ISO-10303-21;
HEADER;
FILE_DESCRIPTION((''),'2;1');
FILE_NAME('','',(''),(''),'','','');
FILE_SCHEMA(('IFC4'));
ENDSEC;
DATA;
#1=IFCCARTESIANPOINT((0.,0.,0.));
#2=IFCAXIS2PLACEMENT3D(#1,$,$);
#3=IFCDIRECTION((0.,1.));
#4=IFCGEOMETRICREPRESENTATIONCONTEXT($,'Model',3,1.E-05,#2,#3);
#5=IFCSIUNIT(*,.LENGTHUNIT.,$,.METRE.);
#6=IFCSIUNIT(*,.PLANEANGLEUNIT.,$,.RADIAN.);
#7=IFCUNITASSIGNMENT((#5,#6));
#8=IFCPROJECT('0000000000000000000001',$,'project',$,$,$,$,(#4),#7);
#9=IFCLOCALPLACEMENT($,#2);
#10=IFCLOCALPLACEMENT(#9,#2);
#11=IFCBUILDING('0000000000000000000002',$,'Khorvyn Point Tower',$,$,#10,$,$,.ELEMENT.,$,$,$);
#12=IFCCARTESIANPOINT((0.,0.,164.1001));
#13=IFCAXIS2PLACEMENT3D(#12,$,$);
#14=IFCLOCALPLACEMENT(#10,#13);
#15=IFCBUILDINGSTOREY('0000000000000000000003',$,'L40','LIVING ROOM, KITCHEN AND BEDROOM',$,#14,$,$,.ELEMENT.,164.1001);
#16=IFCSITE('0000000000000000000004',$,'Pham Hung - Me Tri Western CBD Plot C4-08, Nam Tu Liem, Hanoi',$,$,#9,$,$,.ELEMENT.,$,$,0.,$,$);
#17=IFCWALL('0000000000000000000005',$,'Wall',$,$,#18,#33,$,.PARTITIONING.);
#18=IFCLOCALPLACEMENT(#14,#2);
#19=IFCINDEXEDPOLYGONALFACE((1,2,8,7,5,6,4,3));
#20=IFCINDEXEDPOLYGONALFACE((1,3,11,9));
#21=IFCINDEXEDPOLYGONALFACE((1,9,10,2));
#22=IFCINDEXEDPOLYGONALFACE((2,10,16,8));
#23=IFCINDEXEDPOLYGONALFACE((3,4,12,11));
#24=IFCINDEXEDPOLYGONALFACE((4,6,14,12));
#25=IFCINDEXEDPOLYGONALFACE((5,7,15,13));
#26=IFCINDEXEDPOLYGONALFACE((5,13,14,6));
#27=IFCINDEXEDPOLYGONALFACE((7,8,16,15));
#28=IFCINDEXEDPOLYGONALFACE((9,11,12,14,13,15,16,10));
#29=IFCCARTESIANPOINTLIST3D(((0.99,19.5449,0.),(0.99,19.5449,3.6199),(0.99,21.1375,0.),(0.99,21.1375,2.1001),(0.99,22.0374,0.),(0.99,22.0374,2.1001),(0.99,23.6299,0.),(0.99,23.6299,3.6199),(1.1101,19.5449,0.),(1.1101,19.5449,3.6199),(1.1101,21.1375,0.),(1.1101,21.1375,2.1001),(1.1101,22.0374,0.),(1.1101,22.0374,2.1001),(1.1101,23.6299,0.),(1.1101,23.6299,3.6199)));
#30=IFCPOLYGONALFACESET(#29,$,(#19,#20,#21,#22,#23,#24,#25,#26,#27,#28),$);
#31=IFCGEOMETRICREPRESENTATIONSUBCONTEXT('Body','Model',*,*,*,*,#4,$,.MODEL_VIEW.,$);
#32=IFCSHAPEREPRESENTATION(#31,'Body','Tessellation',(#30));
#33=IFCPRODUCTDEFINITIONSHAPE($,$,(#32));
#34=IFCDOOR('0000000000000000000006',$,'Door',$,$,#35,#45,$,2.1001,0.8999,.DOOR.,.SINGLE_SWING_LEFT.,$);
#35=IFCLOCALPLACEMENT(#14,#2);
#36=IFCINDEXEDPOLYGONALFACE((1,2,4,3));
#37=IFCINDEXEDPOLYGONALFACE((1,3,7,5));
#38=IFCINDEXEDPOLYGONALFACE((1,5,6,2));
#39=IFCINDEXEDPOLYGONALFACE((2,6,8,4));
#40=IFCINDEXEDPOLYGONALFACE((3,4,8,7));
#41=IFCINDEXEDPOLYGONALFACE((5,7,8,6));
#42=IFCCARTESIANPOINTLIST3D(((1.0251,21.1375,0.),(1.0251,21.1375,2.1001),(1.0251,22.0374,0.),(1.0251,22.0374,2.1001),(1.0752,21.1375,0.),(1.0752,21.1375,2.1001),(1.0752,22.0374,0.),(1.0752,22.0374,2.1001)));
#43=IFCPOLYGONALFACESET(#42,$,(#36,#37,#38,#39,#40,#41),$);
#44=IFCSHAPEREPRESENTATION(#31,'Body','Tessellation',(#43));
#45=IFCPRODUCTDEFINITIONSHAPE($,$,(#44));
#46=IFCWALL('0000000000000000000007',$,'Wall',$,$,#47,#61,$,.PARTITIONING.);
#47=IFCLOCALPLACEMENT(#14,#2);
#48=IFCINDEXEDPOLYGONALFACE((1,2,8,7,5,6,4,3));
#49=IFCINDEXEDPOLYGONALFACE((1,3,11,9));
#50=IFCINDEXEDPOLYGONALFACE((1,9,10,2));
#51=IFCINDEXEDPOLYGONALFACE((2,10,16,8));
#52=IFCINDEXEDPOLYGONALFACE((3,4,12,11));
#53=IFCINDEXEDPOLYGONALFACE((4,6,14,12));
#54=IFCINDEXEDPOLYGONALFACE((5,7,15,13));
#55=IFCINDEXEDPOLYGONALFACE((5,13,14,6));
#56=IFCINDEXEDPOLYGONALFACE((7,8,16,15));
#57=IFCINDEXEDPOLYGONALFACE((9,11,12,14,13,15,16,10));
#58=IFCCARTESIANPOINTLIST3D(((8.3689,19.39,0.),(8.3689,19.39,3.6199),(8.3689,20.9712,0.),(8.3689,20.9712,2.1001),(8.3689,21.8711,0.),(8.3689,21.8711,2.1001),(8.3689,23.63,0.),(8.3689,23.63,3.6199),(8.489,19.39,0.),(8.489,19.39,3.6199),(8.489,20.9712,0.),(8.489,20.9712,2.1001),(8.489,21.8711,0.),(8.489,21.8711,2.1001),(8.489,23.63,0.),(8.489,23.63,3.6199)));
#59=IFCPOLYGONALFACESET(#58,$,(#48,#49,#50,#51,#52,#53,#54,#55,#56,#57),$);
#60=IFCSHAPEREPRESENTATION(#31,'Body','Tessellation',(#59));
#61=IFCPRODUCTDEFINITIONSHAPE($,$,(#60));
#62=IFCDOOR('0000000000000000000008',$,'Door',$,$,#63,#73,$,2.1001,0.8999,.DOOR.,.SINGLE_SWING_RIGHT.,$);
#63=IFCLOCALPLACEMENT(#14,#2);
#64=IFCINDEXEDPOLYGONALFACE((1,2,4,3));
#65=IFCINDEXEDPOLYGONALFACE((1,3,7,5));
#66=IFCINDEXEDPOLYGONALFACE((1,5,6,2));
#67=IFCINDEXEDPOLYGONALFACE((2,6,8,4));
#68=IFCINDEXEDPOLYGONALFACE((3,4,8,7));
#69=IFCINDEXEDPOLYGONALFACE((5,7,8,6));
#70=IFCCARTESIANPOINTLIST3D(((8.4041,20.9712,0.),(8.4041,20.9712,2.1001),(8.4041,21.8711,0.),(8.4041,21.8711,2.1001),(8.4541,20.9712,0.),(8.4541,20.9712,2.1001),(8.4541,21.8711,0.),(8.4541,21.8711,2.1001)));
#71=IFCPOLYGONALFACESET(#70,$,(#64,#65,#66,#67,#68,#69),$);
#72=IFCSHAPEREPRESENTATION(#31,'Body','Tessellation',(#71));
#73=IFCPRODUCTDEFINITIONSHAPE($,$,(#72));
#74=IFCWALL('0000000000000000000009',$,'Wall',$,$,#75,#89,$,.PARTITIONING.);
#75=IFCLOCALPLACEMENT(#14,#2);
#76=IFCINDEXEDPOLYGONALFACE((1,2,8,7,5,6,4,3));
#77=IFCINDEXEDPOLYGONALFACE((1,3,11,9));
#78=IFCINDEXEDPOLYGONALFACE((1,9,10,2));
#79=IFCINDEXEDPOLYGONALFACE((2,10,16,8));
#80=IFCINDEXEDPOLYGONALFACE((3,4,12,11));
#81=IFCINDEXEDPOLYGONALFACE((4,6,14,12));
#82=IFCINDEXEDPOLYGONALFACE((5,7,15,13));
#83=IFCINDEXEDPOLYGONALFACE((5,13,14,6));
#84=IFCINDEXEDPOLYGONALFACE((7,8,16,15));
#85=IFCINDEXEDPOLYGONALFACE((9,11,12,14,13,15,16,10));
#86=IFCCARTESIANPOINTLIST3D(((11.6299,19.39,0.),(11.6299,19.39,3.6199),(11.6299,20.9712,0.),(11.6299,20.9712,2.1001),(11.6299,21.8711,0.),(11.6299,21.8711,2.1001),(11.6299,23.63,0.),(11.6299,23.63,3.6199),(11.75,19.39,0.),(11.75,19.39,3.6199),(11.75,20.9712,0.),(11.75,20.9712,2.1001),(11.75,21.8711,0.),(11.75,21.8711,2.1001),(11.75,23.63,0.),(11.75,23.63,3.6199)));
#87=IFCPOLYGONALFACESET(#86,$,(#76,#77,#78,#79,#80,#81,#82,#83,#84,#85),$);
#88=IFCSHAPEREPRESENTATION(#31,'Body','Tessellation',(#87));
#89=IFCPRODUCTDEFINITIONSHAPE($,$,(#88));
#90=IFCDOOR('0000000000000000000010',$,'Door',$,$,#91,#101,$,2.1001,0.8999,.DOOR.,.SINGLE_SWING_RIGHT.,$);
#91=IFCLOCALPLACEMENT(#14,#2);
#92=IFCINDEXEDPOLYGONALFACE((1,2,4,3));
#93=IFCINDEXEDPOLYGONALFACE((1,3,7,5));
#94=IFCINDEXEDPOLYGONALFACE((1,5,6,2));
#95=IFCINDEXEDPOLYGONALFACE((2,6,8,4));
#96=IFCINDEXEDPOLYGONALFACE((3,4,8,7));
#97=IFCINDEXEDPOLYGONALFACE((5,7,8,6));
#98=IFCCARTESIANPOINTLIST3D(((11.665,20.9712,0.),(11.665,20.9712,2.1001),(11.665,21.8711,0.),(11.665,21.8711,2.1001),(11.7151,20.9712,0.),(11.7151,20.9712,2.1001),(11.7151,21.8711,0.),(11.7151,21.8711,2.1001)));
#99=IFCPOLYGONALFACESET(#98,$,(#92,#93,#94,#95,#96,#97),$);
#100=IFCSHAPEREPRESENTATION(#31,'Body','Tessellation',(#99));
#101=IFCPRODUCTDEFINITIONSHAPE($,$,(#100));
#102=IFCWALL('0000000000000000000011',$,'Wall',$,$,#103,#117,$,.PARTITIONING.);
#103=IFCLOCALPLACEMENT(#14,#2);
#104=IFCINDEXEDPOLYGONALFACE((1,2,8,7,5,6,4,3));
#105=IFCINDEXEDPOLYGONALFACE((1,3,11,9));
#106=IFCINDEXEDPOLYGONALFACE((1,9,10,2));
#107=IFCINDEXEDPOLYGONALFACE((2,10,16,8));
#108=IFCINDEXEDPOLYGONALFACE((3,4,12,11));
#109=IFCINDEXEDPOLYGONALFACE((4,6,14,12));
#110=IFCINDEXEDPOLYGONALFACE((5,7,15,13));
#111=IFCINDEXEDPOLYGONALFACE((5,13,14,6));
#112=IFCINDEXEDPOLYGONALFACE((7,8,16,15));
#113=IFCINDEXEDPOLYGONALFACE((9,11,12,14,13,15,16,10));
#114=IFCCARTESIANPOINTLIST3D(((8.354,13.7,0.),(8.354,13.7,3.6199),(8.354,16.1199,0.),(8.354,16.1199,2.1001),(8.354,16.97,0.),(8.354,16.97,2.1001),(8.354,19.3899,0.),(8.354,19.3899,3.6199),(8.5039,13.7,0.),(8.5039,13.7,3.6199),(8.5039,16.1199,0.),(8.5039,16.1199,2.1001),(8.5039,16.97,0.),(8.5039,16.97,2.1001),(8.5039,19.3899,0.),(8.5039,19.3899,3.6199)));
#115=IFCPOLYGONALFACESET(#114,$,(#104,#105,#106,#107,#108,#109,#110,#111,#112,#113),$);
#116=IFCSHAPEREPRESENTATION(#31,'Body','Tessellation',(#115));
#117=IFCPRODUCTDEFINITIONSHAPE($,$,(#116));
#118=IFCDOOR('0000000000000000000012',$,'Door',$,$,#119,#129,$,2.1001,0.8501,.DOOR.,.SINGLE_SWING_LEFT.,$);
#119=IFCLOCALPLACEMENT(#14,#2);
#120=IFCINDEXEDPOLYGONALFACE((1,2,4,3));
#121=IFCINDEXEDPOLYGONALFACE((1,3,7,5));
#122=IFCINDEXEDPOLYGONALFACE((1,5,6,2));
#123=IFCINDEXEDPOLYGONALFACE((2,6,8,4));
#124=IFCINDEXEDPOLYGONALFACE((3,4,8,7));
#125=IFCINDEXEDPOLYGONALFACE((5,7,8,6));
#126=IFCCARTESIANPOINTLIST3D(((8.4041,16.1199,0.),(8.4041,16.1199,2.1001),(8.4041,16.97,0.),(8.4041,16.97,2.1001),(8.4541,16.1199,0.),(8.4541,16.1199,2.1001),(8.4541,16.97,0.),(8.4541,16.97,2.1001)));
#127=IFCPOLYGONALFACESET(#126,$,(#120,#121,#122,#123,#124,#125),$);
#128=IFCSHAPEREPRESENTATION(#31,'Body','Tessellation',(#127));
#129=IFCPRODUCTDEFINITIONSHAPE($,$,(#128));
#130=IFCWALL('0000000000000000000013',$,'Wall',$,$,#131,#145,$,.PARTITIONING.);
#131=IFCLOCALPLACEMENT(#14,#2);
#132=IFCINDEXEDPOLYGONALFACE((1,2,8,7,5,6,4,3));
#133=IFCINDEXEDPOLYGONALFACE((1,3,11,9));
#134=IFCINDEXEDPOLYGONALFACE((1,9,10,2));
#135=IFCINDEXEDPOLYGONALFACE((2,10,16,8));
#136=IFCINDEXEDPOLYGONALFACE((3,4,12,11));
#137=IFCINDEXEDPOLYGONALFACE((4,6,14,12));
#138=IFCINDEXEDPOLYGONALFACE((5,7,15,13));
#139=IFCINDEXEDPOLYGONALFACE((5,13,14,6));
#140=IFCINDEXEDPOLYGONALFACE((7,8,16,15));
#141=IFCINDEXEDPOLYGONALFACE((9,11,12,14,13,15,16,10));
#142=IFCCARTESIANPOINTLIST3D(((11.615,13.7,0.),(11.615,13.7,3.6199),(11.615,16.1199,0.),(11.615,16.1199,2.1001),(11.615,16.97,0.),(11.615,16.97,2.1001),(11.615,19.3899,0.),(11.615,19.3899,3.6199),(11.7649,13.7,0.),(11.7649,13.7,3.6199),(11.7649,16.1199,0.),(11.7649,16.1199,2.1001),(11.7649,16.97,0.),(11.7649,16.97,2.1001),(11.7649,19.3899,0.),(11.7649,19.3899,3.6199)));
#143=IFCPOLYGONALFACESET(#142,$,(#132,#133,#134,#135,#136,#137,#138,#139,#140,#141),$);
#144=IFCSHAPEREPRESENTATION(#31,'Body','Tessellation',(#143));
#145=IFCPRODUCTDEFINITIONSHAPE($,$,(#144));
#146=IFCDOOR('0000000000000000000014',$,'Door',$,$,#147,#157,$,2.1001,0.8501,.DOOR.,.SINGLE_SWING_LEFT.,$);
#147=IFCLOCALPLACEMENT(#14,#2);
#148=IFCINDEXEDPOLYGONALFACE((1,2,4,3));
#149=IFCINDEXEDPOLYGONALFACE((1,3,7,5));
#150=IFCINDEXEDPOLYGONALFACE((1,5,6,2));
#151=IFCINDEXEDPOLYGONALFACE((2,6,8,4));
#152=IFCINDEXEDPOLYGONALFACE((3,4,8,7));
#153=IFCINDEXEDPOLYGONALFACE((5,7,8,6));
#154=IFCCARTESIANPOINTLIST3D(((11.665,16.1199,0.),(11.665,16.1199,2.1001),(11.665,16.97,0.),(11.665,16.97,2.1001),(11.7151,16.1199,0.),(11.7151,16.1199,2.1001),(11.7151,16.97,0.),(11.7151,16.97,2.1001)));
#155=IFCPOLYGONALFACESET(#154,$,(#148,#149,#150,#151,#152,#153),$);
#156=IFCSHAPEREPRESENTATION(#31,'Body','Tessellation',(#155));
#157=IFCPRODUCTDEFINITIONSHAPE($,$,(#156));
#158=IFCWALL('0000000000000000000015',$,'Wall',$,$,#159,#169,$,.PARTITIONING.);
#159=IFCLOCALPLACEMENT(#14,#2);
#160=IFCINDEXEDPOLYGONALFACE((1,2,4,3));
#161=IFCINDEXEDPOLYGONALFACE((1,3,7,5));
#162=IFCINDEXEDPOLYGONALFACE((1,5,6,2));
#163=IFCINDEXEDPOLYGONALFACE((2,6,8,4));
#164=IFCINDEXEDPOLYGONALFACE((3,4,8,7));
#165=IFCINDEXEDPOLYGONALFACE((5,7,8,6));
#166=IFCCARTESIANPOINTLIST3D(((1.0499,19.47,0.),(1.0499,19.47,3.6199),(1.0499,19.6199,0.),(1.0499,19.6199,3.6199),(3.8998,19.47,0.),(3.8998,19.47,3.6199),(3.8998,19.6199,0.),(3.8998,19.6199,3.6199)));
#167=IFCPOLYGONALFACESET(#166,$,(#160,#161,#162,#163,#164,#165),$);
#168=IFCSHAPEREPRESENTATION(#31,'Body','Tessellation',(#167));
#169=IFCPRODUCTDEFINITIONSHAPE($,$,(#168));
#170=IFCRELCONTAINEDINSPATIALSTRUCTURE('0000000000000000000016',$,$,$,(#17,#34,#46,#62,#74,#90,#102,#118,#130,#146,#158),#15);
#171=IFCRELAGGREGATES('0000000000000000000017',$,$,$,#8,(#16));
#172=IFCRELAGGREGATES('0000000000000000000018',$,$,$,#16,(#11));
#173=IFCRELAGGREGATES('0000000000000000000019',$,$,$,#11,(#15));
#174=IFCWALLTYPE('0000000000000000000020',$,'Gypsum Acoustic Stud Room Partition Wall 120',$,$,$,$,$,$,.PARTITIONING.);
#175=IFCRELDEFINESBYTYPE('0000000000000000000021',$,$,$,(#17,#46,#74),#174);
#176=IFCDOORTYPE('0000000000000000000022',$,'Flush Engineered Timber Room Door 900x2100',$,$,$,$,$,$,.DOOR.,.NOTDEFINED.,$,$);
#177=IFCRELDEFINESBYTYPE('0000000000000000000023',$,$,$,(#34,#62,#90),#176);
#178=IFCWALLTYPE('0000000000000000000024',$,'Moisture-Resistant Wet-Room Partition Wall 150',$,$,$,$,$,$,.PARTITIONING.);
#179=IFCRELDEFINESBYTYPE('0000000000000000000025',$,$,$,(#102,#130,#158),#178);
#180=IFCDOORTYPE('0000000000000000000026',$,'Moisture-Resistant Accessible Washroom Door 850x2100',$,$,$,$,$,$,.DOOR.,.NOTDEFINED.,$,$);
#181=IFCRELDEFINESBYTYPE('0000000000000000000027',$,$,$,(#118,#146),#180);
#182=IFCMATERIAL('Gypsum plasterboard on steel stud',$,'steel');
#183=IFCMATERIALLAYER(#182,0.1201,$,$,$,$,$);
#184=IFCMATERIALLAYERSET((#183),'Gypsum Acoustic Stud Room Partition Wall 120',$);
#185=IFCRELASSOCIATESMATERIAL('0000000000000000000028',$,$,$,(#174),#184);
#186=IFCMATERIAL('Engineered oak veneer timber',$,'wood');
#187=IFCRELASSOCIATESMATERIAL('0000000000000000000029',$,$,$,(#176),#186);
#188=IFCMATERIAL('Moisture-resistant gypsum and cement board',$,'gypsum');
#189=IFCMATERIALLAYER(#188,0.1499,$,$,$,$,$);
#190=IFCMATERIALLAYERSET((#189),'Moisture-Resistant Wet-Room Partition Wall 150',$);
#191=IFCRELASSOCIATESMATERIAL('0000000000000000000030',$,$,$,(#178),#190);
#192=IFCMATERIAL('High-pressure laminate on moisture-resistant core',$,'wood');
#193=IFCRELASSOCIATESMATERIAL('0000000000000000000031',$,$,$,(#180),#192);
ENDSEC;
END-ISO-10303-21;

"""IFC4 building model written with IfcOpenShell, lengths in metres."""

from ifc_helpers import new_model, si_unit, direction, frame, frame_2d, origin, place, context, subcontext, project, spatial, rectangle, extrude, material, layer, layer_set, type_object, element, fill, save


model = new_model("IFC4")

# Units and contexts
model_context = context("Model", 3, precision=1e-05, world=origin(), true_north=direction((0.0, 1.0)))
body_context = subcontext(model_context, "Body", "Model", "MODEL_VIEW")
ifc_project = project(units=[si_unit("LENGTHUNIT", "METRE"), si_unit("PLANEANGLEUNIT", "RADIAN")], contexts=[model_context])

# Site, building, storey
site_placement = place(None, origin())
site = spatial("IfcSite", under=ifc_project, at=site_placement, Name="Pham Hung - Me Tri Western CBD Plot C4-08, Nam Tu Liem, Hanoi", CompositionType="ELEMENT", RefElevation=0.0)
building_placement = place(site_placement, origin())
building = spatial("IfcBuilding", under=site, at=building_placement, Name="Khorvyn Point Tower", CompositionType="ELEMENT")
storey_placement = place(building_placement, frame((0.0, 0.0, 164.1001)))
storey = spatial("IfcBuildingStorey", under=building, at=storey_placement, Name="L40", Description="LIVING ROOM, KITCHEN AND BEDROOM", CompositionType="ELEMENT", Elevation=164.1001)

# Walls, openings, doors
ifc_material_1 = material(Name="Gypsum plasterboard on steel stud", Category="steel")
ifc_layer_1 = layer(ifc_material_1, 0.1201)
ifc_layer_set_1 = layer_set([ifc_layer_1], Name="Gypsum Acoustic Stud Room Partition Wall 120")
wall_type_1 = type_object("IfcWallType", Name="Gypsum Acoustic Stud Room Partition Wall 120", PredefinedType="PARTITIONING", material=ifc_layer_set_1)
wall_1_placement = place(storey_placement, frame((1.05, 19.5449, 0.0), z_axis=(0.0, 0.0, 1.0), x_axis=(0.0, 1.0, 0.0)))
wall_1 = element("IfcWall", 1, at=wall_1_placement, inside=storey, type_object=wall_type_1, Name="Wall", PredefinedType="PARTITIONING", context=body_context, shape_type="SweptSolid", body=[
    extrude(rectangle(XDim=4.085, YDim=0.1201, at=frame_2d((2.0425, 0.0))), origin(), (0.0, 0.0, 1.0), 3.6199),
])
opening_1_placement = place(wall_1_placement, frame((1.5925, 0.0, 0.0)))
opening_1 = element("IfcOpeningElement", 2, at=opening_1_placement, cuts=wall_1, PredefinedType="OPENING", context=body_context, shape_type="SweptSolid", body=[
    extrude(rectangle(XDim=0.8999, YDim=2.1001, at=frame_2d((0.45, 1.05))), frame((0.0, 0.0701, 0.0), z_axis=(0.0, -1.0, 0.0), x_axis=(1.0, 0.0, 0.0)), (0.0, 0.0, 1.0), 0.1401),
])
ifc_material_2 = material(Name="Engineered oak veneer timber", Category="wood")
door_type_1 = type_object("IfcDoorType", Name="Flush Engineered Timber Room Door 900x2100", OperationType="NOTDEFINED", PredefinedType="DOOR", material=ifc_material_2)
door_1_placement = place(opening_1_placement, origin())
door_1 = element("IfcDoor", 3, at=door_1_placement, inside=storey, type_object=door_type_1, Name="Door", OperationType="SINGLE_SWING_LEFT", OverallHeight=2.1001, OverallWidth=0.8999, PredefinedType="DOOR", context=body_context, shape_type="SweptSolid", body=[
    extrude(rectangle(XDim=0.8999, YDim=2.1001, at=frame_2d((0.45, 1.05))), frame((0.0, 0.0249, 0.0), z_axis=(0.0, -1.0, 0.0), x_axis=(1.0, 0.0, 0.0)), (0.0, 0.0, 1.0), 0.05),
])
fill(opening_1, door_1)
wall_2_placement = place(storey_placement, frame((8.429, 19.3899, 0.0), z_axis=(0.0, 0.0, 1.0), x_axis=(0.0, 1.0, 0.0)))
wall_2 = element("IfcWall", 4, at=wall_2_placement, inside=storey, type_object=wall_type_1, Name="Wall", PredefinedType="PARTITIONING", context=body_context, shape_type="SweptSolid", body=[
    extrude(rectangle(XDim=4.24, YDim=0.1201, at=frame_2d((2.1201, 0.0))), origin(), (0.0, 0.0, 1.0), 3.6199),
])
opening_2_placement = place(wall_2_placement, frame((1.5813, 0.0, 0.0)))
opening_2 = element("IfcOpeningElement", 5, at=opening_2_placement, cuts=wall_2, PredefinedType="OPENING", context=body_context, shape_type="SweptSolid", body=[
    extrude(rectangle(XDim=0.8999, YDim=2.1001, at=frame_2d((0.45, 1.05))), frame((0.0, 0.0701, 0.0), z_axis=(0.0, -1.0, 0.0), x_axis=(1.0, 0.0, 0.0)), (0.0, 0.0, 1.0), 0.1401),
])
door_2_placement = place(opening_2_placement, origin())
door_2 = element("IfcDoor", 6, at=door_2_placement, inside=storey, type_object=door_type_1, Name="Door", OperationType="SINGLE_SWING_RIGHT", OverallHeight=2.1001, OverallWidth=0.8999, PredefinedType="DOOR", context=body_context, shape_type="SweptSolid", body=[
    extrude(rectangle(XDim=0.8999, YDim=2.1001, at=frame_2d((0.45, 1.05))), frame((0.0, 0.0249, 0.0), z_axis=(0.0, -1.0, 0.0), x_axis=(1.0, 0.0, 0.0)), (0.0, 0.0, 1.0), 0.05),
])
fill(opening_2, door_2)
wall_3_placement = place(storey_placement, frame((11.6899, 19.3899, 0.0), z_axis=(0.0, 0.0, 1.0), x_axis=(0.0, 1.0, 0.0)))
wall_3 = element("IfcWall", 7, at=wall_3_placement, inside=storey, type_object=wall_type_1, Name="Wall", PredefinedType="PARTITIONING", context=body_context, shape_type="SweptSolid", body=[
    extrude(rectangle(XDim=4.24, YDim=0.1201, at=frame_2d((2.1201, 0.0))), origin(), (0.0, 0.0, 1.0), 3.6199),
])
opening_3_placement = place(wall_3_placement, frame((1.5813, 0.0, 0.0)))
opening_3 = element("IfcOpeningElement", 8, at=opening_3_placement, cuts=wall_3, PredefinedType="OPENING", context=body_context, shape_type="SweptSolid", body=[
    extrude(rectangle(XDim=0.8999, YDim=2.1001, at=frame_2d((0.45, 1.05))), frame((0.0, 0.0701, 0.0), z_axis=(0.0, -1.0, 0.0), x_axis=(1.0, 0.0, 0.0)), (0.0, 0.0, 1.0), 0.1401),
])
door_3_placement = place(opening_3_placement, origin())
door_3 = element("IfcDoor", 9, at=door_3_placement, inside=storey, type_object=door_type_1, Name="Door", OperationType="SINGLE_SWING_RIGHT", OverallHeight=2.1001, OverallWidth=0.8999, PredefinedType="DOOR", context=body_context, shape_type="SweptSolid", body=[
    extrude(rectangle(XDim=0.8999, YDim=2.1001, at=frame_2d((0.45, 1.05))), frame((0.0, 0.0249, 0.0), z_axis=(0.0, -1.0, 0.0), x_axis=(1.0, 0.0, 0.0)), (0.0, 0.0, 1.0), 0.05),
])
fill(opening_3, door_3)
ifc_material_3 = material(Name="Moisture-resistant gypsum and cement board", Category="gypsum")
ifc_layer_2 = layer(ifc_material_3, 0.1499)
ifc_layer_set_2 = layer_set([ifc_layer_2], Name="Moisture-Resistant Wet-Room Partition Wall 150")
wall_type_2 = type_object("IfcWallType", Name="Moisture-Resistant Wet-Room Partition Wall 150", PredefinedType="PARTITIONING", material=ifc_layer_set_2)
wall_4_placement = place(storey_placement, frame((8.429, 13.7, 0.0), z_axis=(0.0, 0.0, 1.0), x_axis=(0.0, 1.0, 0.0)))
wall_4 = element("IfcWall", 10, at=wall_4_placement, inside=storey, type_object=wall_type_2, Name="Wall", PredefinedType="PARTITIONING", context=body_context, shape_type="SweptSolid", body=[
    extrude(rectangle(XDim=5.6899, YDim=0.1499, at=frame_2d((2.845, 0.0))), origin(), (0.0, 0.0, 1.0), 3.6199),
])
opening_4_placement = place(wall_4_placement, frame((2.4199, 0.0, 0.0)))
opening_4 = element("IfcOpeningElement", 11, at=opening_4_placement, cuts=wall_4, PredefinedType="OPENING", context=body_context, shape_type="SweptSolid", body=[
    extrude(rectangle(XDim=0.8501, YDim=2.1001, at=frame_2d((0.425, 1.05))), frame((0.0, 0.085, 0.0), z_axis=(0.0, -1.0, 0.0), x_axis=(1.0, 0.0, 0.0)), (0.0, 0.0, 1.0), 0.1699),
])
ifc_material_4 = material(Name="High-pressure laminate on moisture-resistant core", Category="wood")
door_type_2 = type_object("IfcDoorType", Name="Moisture-Resistant Accessible Washroom Door 850x2100", OperationType="NOTDEFINED", PredefinedType="DOOR", material=ifc_material_4)
door_4_placement = place(opening_4_placement, origin())
door_4 = element("IfcDoor", 12, at=door_4_placement, inside=storey, type_object=door_type_2, Name="Door", OperationType="SINGLE_SWING_LEFT", OverallHeight=2.1001, OverallWidth=0.8501, PredefinedType="DOOR", context=body_context, shape_type="SweptSolid", body=[
    extrude(rectangle(XDim=0.8501, YDim=2.1001, at=frame_2d((0.425, 1.05))), frame((0.0, 0.0249, 0.0), z_axis=(0.0, -1.0, 0.0), x_axis=(1.0, 0.0, 0.0)), (0.0, 0.0, 1.0), 0.05),
])
fill(opening_4, door_4)
wall_5_placement = place(storey_placement, frame((11.6899, 13.7, 0.0), z_axis=(0.0, 0.0, 1.0), x_axis=(0.0, 1.0, 0.0)))
wall_5 = element("IfcWall", 13, at=wall_5_placement, inside=storey, type_object=wall_type_2, Name="Wall", PredefinedType="PARTITIONING", context=body_context, shape_type="SweptSolid", body=[
    extrude(rectangle(XDim=5.6899, YDim=0.1499, at=frame_2d((2.845, 0.0))), origin(), (0.0, 0.0, 1.0), 3.6199),
])
opening_5_placement = place(wall_5_placement, frame((2.4199, 0.0, 0.0)))
opening_5 = element("IfcOpeningElement", 14, at=opening_5_placement, cuts=wall_5, PredefinedType="OPENING", context=body_context, shape_type="SweptSolid", body=[
    extrude(rectangle(XDim=0.8501, YDim=2.1001, at=frame_2d((0.425, 1.05))), frame((0.0, 0.085, 0.0), z_axis=(0.0, -1.0, 0.0), x_axis=(1.0, 0.0, 0.0)), (0.0, 0.0, 1.0), 0.1699),
])
door_5_placement = place(opening_5_placement, origin())
door_5 = element("IfcDoor", 15, at=door_5_placement, inside=storey, type_object=door_type_2, Name="Door", OperationType="SINGLE_SWING_LEFT", OverallHeight=2.1001, OverallWidth=0.8501, PredefinedType="DOOR", context=body_context, shape_type="SweptSolid", body=[
    extrude(rectangle(XDim=0.8501, YDim=2.1001, at=frame_2d((0.425, 1.05))), frame((0.0, 0.0249, 0.0), z_axis=(0.0, -1.0, 0.0), x_axis=(1.0, 0.0, 0.0)), (0.0, 0.0, 1.0), 0.05),
])
fill(opening_5, door_5)

# Wall
wall_6_placement = place(storey_placement, frame((1.05, 19.5449, 0.0), z_axis=(0.0, 0.0, 1.0), x_axis=(1.0, 0.0, 0.0)))
element("IfcWall", 16, at=wall_6_placement, inside=storey, type_object=wall_type_2, Name="Wall", PredefinedType="PARTITIONING", context=body_context, shape_type="SweptSolid", body=[
    extrude(rectangle(XDim=2.8499, YDim=0.1499, at=frame_2d((1.4248, 0.0))), origin(), (0.0, 0.0, 1.0), 3.6199),
])

save(model, "model.ifc")
